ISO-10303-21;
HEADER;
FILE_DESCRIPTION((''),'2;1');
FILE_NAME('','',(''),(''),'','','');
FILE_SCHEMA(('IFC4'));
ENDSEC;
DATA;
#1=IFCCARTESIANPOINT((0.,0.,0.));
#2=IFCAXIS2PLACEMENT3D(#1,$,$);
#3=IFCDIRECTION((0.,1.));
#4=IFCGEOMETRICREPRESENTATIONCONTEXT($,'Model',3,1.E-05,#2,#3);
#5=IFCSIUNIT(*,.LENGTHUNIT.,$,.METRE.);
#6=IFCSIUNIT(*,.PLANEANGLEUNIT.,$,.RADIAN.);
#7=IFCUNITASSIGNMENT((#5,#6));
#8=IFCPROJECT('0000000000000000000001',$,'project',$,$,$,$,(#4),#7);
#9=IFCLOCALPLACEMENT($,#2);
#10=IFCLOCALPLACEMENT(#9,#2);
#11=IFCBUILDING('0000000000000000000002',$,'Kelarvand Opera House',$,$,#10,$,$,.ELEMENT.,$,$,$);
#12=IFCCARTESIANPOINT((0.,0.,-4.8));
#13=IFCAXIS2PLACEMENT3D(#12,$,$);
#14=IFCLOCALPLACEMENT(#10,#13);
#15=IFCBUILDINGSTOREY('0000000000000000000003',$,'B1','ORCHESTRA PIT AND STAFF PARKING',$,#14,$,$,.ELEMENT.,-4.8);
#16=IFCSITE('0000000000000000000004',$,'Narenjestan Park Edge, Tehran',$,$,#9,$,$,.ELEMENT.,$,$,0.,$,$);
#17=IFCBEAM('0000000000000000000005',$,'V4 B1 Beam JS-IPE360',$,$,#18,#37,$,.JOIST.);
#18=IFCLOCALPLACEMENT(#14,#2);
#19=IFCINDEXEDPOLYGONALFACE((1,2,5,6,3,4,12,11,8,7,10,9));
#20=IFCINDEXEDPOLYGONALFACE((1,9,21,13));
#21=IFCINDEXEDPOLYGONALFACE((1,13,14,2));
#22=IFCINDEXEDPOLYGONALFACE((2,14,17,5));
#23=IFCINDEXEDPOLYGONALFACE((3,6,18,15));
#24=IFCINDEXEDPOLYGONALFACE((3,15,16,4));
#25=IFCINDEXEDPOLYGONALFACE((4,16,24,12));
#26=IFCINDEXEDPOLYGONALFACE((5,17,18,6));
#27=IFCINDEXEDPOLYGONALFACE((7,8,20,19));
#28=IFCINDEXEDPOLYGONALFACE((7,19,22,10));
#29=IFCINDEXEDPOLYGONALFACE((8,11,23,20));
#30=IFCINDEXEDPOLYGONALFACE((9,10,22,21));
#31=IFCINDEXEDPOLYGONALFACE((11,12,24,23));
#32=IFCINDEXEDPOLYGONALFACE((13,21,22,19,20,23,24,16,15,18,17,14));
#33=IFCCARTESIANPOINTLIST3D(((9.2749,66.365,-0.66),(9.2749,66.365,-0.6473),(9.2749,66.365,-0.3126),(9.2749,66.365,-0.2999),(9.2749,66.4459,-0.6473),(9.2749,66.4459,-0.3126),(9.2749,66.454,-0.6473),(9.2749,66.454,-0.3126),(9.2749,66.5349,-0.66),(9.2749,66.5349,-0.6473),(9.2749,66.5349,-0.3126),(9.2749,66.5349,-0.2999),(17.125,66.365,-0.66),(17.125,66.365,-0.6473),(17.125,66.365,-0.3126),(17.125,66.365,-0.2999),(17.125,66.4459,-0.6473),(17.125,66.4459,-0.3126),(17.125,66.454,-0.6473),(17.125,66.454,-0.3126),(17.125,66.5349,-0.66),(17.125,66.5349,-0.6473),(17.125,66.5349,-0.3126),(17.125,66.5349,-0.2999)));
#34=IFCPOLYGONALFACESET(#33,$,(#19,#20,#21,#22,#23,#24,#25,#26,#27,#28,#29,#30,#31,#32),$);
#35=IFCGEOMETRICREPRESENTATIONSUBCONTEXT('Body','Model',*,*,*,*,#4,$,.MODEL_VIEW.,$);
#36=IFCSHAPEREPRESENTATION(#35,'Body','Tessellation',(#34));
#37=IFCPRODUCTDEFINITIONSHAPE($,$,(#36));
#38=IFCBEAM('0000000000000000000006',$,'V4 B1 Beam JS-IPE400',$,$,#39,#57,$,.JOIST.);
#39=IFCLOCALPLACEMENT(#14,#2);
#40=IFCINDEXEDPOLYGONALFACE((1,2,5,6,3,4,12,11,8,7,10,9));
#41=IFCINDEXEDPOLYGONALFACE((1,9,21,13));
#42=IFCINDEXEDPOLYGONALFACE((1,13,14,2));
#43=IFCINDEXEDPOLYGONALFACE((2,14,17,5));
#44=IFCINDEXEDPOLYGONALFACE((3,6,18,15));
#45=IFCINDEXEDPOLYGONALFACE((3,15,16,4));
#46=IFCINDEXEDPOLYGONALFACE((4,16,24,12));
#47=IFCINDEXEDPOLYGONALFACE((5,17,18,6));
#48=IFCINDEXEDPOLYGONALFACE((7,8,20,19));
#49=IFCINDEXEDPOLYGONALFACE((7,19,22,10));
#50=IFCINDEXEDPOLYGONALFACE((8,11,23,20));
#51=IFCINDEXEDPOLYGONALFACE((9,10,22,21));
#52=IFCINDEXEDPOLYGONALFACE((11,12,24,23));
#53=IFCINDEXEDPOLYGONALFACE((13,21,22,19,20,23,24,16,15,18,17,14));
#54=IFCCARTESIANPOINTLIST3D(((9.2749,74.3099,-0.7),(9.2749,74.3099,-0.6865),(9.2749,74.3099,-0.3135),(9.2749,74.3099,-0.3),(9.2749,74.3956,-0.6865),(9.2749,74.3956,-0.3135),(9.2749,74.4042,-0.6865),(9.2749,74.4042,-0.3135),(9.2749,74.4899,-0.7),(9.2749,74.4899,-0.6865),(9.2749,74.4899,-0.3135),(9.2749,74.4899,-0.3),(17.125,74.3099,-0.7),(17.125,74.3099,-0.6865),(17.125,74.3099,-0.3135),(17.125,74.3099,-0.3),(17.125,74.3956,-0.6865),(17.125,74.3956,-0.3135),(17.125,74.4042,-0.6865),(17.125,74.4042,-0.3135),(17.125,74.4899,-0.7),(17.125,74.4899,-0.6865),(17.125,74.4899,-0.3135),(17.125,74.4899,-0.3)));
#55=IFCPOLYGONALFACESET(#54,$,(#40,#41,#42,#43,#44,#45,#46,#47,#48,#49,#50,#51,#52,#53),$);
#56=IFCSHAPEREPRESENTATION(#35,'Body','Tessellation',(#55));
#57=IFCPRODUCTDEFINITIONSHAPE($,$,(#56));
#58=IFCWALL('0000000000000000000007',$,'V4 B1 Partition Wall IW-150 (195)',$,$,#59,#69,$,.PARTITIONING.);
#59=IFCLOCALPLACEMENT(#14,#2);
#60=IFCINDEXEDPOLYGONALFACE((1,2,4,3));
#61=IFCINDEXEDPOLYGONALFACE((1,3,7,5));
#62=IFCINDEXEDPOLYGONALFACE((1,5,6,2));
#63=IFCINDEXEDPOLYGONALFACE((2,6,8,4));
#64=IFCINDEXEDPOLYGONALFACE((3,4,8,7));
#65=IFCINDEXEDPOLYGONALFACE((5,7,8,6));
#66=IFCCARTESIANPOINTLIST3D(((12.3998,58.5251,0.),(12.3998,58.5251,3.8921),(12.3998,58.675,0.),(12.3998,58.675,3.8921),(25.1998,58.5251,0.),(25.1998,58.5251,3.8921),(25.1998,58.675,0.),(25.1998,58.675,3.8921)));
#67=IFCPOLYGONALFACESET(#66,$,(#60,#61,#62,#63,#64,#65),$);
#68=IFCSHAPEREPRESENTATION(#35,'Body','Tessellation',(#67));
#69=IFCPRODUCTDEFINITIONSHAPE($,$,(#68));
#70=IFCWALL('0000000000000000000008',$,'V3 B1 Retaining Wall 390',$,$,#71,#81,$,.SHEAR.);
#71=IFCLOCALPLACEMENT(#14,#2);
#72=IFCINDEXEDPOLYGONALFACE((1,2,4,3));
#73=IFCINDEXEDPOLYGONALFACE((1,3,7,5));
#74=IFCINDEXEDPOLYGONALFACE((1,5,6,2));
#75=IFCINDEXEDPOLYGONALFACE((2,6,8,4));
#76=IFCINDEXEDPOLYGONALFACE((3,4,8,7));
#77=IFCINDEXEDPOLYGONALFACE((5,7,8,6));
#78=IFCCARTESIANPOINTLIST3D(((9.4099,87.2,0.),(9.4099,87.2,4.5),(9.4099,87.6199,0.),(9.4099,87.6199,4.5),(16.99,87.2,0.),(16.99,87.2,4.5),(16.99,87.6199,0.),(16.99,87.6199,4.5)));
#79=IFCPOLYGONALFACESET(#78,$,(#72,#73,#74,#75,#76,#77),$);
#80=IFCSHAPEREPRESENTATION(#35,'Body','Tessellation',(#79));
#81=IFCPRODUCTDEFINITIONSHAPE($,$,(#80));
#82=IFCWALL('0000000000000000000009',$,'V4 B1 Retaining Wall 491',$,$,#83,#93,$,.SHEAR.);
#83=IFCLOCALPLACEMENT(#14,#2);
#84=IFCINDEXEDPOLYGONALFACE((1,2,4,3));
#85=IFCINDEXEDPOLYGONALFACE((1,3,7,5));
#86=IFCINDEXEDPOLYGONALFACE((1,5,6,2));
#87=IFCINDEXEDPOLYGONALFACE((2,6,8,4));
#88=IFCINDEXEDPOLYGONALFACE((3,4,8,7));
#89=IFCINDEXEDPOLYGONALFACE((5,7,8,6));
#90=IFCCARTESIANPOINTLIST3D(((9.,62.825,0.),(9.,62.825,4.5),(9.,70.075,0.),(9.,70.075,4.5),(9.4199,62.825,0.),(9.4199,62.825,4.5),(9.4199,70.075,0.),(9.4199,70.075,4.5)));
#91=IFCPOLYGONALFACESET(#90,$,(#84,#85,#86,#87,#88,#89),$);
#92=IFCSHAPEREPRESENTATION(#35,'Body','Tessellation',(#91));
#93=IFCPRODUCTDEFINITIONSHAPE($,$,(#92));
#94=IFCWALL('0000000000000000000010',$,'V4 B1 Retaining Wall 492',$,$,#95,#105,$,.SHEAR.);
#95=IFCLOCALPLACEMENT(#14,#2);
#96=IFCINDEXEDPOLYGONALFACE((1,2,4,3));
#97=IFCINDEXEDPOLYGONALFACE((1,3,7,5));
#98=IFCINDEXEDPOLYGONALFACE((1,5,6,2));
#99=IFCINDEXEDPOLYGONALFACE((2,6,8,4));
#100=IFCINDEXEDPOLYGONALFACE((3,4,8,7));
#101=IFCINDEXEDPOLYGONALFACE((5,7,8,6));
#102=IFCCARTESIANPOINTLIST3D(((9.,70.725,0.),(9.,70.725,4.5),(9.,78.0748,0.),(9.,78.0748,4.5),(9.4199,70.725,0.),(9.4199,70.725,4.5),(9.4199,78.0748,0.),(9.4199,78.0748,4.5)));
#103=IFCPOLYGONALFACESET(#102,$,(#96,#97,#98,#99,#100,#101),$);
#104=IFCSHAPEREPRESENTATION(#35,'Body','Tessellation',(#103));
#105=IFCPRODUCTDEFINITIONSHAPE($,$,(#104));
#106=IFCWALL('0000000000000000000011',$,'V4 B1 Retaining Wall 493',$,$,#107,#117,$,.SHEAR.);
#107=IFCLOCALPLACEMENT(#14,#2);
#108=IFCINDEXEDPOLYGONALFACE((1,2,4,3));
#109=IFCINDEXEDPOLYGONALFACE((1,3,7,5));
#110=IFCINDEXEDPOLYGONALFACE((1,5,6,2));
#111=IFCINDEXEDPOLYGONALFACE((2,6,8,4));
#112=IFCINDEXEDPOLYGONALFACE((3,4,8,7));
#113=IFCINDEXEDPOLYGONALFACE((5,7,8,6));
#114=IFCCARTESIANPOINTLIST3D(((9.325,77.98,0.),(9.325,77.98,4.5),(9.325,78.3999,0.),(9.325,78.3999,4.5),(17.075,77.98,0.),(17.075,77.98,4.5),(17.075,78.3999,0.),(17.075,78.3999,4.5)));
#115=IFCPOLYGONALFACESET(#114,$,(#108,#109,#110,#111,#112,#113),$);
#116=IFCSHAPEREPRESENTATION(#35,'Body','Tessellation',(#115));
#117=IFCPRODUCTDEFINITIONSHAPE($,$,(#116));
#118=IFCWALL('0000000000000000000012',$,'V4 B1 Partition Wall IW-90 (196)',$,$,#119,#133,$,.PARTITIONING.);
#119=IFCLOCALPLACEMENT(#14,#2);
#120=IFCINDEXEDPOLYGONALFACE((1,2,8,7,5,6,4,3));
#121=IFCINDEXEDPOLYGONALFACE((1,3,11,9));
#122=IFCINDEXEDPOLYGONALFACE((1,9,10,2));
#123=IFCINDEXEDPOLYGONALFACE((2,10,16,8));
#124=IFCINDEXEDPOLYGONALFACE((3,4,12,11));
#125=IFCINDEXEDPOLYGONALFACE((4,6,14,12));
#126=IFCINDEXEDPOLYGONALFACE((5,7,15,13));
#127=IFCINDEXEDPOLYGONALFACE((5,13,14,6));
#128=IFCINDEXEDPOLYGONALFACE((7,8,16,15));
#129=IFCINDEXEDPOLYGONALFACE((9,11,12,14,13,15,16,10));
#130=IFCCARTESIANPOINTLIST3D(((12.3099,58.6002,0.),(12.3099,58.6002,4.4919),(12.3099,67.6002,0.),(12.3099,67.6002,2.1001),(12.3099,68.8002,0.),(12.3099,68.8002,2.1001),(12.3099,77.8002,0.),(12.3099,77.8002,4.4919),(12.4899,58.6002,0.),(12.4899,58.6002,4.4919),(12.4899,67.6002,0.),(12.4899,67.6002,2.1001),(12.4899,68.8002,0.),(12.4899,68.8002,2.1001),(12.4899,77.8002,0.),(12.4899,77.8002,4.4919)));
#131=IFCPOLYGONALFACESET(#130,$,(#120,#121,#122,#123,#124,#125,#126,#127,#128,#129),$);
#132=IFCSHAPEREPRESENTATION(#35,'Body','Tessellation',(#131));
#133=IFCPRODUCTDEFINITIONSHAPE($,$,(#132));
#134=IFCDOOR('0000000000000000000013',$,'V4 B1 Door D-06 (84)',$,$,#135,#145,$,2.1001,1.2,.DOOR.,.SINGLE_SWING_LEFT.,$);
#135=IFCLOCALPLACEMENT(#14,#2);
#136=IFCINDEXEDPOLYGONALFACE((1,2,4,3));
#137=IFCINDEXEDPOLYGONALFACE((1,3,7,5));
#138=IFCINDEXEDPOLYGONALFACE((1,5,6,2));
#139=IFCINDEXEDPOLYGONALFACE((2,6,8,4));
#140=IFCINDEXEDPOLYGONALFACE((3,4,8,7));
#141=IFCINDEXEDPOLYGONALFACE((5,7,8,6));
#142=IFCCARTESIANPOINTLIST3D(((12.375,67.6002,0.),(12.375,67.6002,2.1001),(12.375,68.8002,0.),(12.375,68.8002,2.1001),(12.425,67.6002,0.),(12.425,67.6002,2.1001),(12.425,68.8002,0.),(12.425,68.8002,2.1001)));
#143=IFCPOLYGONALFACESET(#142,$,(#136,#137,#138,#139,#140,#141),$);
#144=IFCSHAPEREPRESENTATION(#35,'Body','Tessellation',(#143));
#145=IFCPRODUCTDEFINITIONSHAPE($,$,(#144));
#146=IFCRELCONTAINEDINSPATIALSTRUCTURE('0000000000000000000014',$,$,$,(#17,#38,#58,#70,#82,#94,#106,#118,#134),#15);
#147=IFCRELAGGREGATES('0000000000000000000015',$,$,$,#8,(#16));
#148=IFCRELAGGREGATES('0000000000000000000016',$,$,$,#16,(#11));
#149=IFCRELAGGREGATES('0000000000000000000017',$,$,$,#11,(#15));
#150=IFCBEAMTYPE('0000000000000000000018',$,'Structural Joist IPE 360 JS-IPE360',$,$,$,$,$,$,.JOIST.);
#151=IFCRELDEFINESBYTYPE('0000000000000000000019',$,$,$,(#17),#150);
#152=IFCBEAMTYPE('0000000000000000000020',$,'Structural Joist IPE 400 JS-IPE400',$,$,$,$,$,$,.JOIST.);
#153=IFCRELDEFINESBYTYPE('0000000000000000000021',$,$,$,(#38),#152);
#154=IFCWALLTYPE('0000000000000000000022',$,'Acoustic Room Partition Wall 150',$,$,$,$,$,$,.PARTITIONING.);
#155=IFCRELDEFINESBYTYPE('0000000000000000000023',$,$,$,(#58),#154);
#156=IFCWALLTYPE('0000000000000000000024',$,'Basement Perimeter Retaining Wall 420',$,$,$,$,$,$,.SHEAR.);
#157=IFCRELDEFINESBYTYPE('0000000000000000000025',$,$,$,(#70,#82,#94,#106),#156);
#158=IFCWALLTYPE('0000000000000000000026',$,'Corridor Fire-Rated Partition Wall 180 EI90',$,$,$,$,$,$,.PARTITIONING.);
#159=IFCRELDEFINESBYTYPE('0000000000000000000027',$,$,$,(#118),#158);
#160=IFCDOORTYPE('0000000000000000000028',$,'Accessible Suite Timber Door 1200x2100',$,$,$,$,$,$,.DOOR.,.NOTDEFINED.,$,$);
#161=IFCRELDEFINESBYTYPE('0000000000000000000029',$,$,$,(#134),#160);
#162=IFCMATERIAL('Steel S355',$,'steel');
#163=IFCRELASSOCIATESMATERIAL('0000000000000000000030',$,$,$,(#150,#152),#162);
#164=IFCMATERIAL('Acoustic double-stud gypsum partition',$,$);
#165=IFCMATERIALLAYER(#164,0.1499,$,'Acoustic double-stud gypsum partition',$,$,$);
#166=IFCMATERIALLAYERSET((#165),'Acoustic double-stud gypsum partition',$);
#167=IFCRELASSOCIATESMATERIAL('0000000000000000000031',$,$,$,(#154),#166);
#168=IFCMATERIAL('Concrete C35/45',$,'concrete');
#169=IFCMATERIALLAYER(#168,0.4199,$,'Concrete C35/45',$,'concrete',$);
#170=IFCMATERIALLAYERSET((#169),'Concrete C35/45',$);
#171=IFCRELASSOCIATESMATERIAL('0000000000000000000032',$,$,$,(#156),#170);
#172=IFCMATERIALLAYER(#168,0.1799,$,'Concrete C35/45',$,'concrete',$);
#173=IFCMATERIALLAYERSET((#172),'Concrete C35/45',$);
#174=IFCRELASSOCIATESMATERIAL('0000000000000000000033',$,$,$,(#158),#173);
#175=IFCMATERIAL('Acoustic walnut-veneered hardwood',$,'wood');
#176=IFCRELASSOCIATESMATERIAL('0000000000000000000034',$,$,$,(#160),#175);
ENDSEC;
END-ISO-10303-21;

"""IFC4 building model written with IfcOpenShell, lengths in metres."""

from ifc_helpers import new_model, si_unit, direction, frame, frame_2d, origin, origin_2d, place, context, subcontext, project, spatial, rectangle, i_section, extrude, material, layer, layer_set, material_profile, profile_set, type_object, element, fill, save


model = new_model("IFC4")

# Units and contexts
model_context = context("Model", 3, precision=1e-05, world=origin(), true_north=direction((0.0, 1.0)))
body_context = subcontext(model_context, "Body", "Model", "MODEL_VIEW")
ifc_project = project(units=[si_unit("LENGTHUNIT", "METRE"), si_unit("PLANEANGLEUNIT", "RADIAN")], contexts=[model_context])

# Site, building, storey
site_placement = place(None, origin())
site = spatial("IfcSite", under=ifc_project, at=site_placement, Name="Narenjestan Park Edge, Tehran", CompositionType="ELEMENT", RefElevation=0.0)
building_placement = place(site_placement, origin())
building = spatial("IfcBuilding", under=site, at=building_placement, Name="Kelarvand Opera House", CompositionType="ELEMENT")
storey_placement = place(building_placement, frame((0.0, 0.0, -4.8)))
storey = spatial("IfcBuildingStorey", under=building, at=storey_placement, Name="B1", Description="ORCHESTRA PIT AND STAFF PARKING", CompositionType="ELEMENT", Elevation=-4.8)

# Beams
ifc_material_1 = material(Name="Concrete C35/45", Category="concrete")
ifc_material_2 = material(Name="Steel S355", Category="steel")
ifc_material_profile_1 = material_profile(ifc_material_2, i_section(OverallWidth=0.1699, OverallDepth=0.3601, WebThickness=0.0081, FlangeThickness=0.0127, at=origin_2d()), Name="IPE 360", Category="steel")
ifc_profile_set_1 = profile_set([ifc_material_profile_1], Name="Steel S355")
beam_type_1 = type_object("IfcBeamType", Name="Structural Joist IPE 360 JS-IPE360", PredefinedType="JOIST", material=ifc_profile_set_1)
beam_1_placement = place(storey_placement, frame((9.2749, 66.45, -0.48), z_axis=(1.0, 0.0, 0.0), x_axis=(0.0, 1.0, 0.0)))
element("IfcBeam", 1, at=beam_1_placement, inside=storey, type_object=beam_type_1, Name="V4 B1 Beam JS-IPE360", PredefinedType="JOIST", context=body_context, shape_type="SweptSolid", body=[
    extrude(i_section(OverallWidth=0.1699, OverallDepth=0.3601, WebThickness=0.0081, FlangeThickness=0.0127, at=origin_2d()), origin(), (0.0, 0.0, 1.0), 7.8501),
])
ifc_material_profile_2 = material_profile(ifc_material_2, i_section(OverallWidth=0.1799, OverallDepth=0.3999, WebThickness=0.0085, FlangeThickness=0.0134, at=origin_2d()), Name="IPE 400", Category="steel")
ifc_profile_set_2 = profile_set([ifc_material_profile_2], Name="Steel S355")
beam_type_2 = type_object("IfcBeamType", Name="Structural Joist IPE 400 JS-IPE400", PredefinedType="JOIST", material=ifc_profile_set_2)
beam_2_placement = place(storey_placement, frame((9.2749, 74.3999, -0.5), z_axis=(1.0, 0.0, 0.0), x_axis=(0.0, 1.0, 0.0)))
element("IfcBeam", 2, at=beam_2_placement, inside=storey, type_object=beam_type_2, Name="V4 B1 Beam JS-IPE400", PredefinedType="JOIST", context=body_context, shape_type="SweptSolid", body=[
    extrude(i_section(OverallWidth=0.1799, OverallDepth=0.3999, WebThickness=0.0085, FlangeThickness=0.0134, at=origin_2d()), origin(), (0.0, 0.0, 1.0), 7.8501),
])

# Walls
ifc_material_3 = material(Name="Acoustic double-stud gypsum partition")
ifc_layer_1 = layer(ifc_material_3, 0.1499, Name="Acoustic double-stud gypsum partition")
ifc_layer_set_1 = layer_set([ifc_layer_1], Name="Acoustic double-stud gypsum partition")
wall_type_1 = type_object("IfcWallType", Name="Acoustic Room Partition Wall 150", PredefinedType="PARTITIONING", material=ifc_layer_set_1)
wall_1_placement = place(storey_placement, frame((12.3999, 58.6001, 0.0), z_axis=(0.0, 0.0, 1.0), x_axis=(1.0, 0.0, 0.0)))
element("IfcWall", 3, at=wall_1_placement, inside=storey, type_object=wall_type_1, Name="V4 B1 Partition Wall IW-150 (195)", PredefinedType="PARTITIONING", context=body_context, shape_type="SweptSolid", body=[
    extrude(rectangle(XDim=12.8, YDim=0.1499, at=frame_2d((6.3999, 0.0))), origin(), (0.0, 0.0, 1.0), 3.8921),
])
ifc_layer_2 = layer(ifc_material_1, 0.4199, Name="Concrete C35/45", Category="concrete")
ifc_layer_set_2 = layer_set([ifc_layer_2], Name="Concrete C35/45")
wall_type_2 = type_object("IfcWallType", Name="Basement Perimeter Retaining Wall 420", PredefinedType="SHEAR", material=ifc_layer_set_2)
wall_2_placement = place(storey_placement, frame((16.99, 87.4099, 0.0), z_axis=(0.0, 0.0, 1.0), x_axis=(-1.0, 0.0, 0.0)))
element("IfcWall", 4, at=wall_2_placement, inside=storey, type_object=wall_type_2, Name="V3 B1 Retaining Wall 390", PredefinedType="SHEAR", context=body_context, shape_type="SweptSolid", body=[
    extrude(rectangle(XDim=7.5801, YDim=0.4199, at=frame_2d((3.79, 0.0))), origin(), (0.0, 0.0, 1.0), 4.5),
])
wall_3_placement = place(storey_placement, frame((9.21, 62.825, 0.0), z_axis=(0.0, 0.0, 1.0), x_axis=(0.0, 1.0, 0.0)))
element("IfcWall", 5, at=wall_3_placement, inside=storey, type_object=wall_type_2, Name="V4 B1 Retaining Wall 491", PredefinedType="SHEAR", context=body_context, shape_type="SweptSolid", body=[
    extrude(rectangle(XDim=7.25, YDim=0.4199, at=frame_2d((3.625, 0.0))), origin(), (0.0, 0.0, 1.0), 4.5),
])
wall_4_placement = place(storey_placement, frame((9.21, 70.7251, 0.0), z_axis=(0.0, 0.0, 1.0), x_axis=(0.0, 1.0, 0.0)))
element("IfcWall", 6, at=wall_4_placement, inside=storey, type_object=wall_type_2, Name="V4 B1 Retaining Wall 492", PredefinedType="SHEAR", context=body_context, shape_type="SweptSolid", body=[
    extrude(rectangle(XDim=7.3499, YDim=0.4199, at=frame_2d((3.6748, 0.0))), origin(), (0.0, 0.0, 1.0), 4.5),
])
wall_5_placement = place(storey_placement, frame((9.325, 78.1899, 0.0), z_axis=(0.0, 0.0, 1.0), x_axis=(1.0, 0.0, 0.0)))
element("IfcWall", 7, at=wall_5_placement, inside=storey, type_object=wall_type_2, Name="V4 B1 Retaining Wall 493", PredefinedType="SHEAR", context=body_context, shape_type="SweptSolid", body=[
    extrude(rectangle(XDim=7.75, YDim=0.4199, at=frame_2d((3.875, 0.0))), origin(), (0.0, 0.0, 1.0), 4.5),
])

# Wall, opening, door
ifc_layer_3 = layer(ifc_material_1, 0.1799, Name="Concrete C35/45", Category="concrete")
ifc_layer_set_3 = layer_set([ifc_layer_3], Name="Concrete C35/45")
wall_type_3 = type_object("IfcWallType", Name="Corridor Fire-Rated Partition Wall 180 EI90", PredefinedType="PARTITIONING", material=ifc_layer_set_3)
wall_6_placement = place(storey_placement, frame((12.3999, 58.6001, 0.0), z_axis=(0.0, 0.0, 1.0), x_axis=(0.0, 1.0, 0.0)))
wall_6 = element("IfcWall", 8, at=wall_6_placement, inside=storey, type_object=wall_type_3, Name="V4 B1 Partition Wall IW-90 (196)", PredefinedType="PARTITIONING", context=body_context, shape_type="SweptSolid", body=[
    extrude(rectangle(XDim=19.2, YDim=0.1799, at=frame_2d((9.6001, 0.0))), origin(), (0.0, 0.0, 1.0), 4.4919),
])
opening_placement = place(wall_6_placement, frame((9.0, 0.0, 0.0)))
opening = element("IfcOpeningElement", 9, at=opening_placement, cuts=wall_6, PredefinedType="OPENING", context=body_context, shape_type="SweptSolid", body=[
    extrude(rectangle(XDim=1.2, YDim=2.1001, at=frame_2d((0.6001, 1.05))), frame((0.0, 0.1001, 0.0), z_axis=(0.0, -1.0, 0.0), x_axis=(1.0, 0.0, 0.0)), (0.0, 0.0, 1.0), 0.2),
])
ifc_material_4 = material(Name="Acoustic walnut-veneered hardwood", Category="wood")
door_type = type_object("IfcDoorType", Name="Accessible Suite Timber Door 1200x2100", OperationType="NOTDEFINED", PredefinedType="DOOR", material=ifc_material_4)
door_placement = place(opening_placement, origin())
door = element("IfcDoor", 10, at=door_placement, inside=storey, type_object=door_type, Name="V4 B1 Door D-06 (84)", OperationType="SINGLE_SWING_LEFT", OverallHeight=2.1001, OverallWidth=1.2, PredefinedType="DOOR", context=body_context, shape_type="SweptSolid", body=[
    extrude(rectangle(XDim=1.2, YDim=2.1001, at=frame_2d((0.6001, 1.05))), frame((0.0, 0.0249, 0.0), z_axis=(0.0, -1.0, 0.0), x_axis=(1.0, 0.0, 0.0)), (0.0, 0.0, 1.0), 0.05),
])
fill(opening, door)

save(model, "model.ifc")
